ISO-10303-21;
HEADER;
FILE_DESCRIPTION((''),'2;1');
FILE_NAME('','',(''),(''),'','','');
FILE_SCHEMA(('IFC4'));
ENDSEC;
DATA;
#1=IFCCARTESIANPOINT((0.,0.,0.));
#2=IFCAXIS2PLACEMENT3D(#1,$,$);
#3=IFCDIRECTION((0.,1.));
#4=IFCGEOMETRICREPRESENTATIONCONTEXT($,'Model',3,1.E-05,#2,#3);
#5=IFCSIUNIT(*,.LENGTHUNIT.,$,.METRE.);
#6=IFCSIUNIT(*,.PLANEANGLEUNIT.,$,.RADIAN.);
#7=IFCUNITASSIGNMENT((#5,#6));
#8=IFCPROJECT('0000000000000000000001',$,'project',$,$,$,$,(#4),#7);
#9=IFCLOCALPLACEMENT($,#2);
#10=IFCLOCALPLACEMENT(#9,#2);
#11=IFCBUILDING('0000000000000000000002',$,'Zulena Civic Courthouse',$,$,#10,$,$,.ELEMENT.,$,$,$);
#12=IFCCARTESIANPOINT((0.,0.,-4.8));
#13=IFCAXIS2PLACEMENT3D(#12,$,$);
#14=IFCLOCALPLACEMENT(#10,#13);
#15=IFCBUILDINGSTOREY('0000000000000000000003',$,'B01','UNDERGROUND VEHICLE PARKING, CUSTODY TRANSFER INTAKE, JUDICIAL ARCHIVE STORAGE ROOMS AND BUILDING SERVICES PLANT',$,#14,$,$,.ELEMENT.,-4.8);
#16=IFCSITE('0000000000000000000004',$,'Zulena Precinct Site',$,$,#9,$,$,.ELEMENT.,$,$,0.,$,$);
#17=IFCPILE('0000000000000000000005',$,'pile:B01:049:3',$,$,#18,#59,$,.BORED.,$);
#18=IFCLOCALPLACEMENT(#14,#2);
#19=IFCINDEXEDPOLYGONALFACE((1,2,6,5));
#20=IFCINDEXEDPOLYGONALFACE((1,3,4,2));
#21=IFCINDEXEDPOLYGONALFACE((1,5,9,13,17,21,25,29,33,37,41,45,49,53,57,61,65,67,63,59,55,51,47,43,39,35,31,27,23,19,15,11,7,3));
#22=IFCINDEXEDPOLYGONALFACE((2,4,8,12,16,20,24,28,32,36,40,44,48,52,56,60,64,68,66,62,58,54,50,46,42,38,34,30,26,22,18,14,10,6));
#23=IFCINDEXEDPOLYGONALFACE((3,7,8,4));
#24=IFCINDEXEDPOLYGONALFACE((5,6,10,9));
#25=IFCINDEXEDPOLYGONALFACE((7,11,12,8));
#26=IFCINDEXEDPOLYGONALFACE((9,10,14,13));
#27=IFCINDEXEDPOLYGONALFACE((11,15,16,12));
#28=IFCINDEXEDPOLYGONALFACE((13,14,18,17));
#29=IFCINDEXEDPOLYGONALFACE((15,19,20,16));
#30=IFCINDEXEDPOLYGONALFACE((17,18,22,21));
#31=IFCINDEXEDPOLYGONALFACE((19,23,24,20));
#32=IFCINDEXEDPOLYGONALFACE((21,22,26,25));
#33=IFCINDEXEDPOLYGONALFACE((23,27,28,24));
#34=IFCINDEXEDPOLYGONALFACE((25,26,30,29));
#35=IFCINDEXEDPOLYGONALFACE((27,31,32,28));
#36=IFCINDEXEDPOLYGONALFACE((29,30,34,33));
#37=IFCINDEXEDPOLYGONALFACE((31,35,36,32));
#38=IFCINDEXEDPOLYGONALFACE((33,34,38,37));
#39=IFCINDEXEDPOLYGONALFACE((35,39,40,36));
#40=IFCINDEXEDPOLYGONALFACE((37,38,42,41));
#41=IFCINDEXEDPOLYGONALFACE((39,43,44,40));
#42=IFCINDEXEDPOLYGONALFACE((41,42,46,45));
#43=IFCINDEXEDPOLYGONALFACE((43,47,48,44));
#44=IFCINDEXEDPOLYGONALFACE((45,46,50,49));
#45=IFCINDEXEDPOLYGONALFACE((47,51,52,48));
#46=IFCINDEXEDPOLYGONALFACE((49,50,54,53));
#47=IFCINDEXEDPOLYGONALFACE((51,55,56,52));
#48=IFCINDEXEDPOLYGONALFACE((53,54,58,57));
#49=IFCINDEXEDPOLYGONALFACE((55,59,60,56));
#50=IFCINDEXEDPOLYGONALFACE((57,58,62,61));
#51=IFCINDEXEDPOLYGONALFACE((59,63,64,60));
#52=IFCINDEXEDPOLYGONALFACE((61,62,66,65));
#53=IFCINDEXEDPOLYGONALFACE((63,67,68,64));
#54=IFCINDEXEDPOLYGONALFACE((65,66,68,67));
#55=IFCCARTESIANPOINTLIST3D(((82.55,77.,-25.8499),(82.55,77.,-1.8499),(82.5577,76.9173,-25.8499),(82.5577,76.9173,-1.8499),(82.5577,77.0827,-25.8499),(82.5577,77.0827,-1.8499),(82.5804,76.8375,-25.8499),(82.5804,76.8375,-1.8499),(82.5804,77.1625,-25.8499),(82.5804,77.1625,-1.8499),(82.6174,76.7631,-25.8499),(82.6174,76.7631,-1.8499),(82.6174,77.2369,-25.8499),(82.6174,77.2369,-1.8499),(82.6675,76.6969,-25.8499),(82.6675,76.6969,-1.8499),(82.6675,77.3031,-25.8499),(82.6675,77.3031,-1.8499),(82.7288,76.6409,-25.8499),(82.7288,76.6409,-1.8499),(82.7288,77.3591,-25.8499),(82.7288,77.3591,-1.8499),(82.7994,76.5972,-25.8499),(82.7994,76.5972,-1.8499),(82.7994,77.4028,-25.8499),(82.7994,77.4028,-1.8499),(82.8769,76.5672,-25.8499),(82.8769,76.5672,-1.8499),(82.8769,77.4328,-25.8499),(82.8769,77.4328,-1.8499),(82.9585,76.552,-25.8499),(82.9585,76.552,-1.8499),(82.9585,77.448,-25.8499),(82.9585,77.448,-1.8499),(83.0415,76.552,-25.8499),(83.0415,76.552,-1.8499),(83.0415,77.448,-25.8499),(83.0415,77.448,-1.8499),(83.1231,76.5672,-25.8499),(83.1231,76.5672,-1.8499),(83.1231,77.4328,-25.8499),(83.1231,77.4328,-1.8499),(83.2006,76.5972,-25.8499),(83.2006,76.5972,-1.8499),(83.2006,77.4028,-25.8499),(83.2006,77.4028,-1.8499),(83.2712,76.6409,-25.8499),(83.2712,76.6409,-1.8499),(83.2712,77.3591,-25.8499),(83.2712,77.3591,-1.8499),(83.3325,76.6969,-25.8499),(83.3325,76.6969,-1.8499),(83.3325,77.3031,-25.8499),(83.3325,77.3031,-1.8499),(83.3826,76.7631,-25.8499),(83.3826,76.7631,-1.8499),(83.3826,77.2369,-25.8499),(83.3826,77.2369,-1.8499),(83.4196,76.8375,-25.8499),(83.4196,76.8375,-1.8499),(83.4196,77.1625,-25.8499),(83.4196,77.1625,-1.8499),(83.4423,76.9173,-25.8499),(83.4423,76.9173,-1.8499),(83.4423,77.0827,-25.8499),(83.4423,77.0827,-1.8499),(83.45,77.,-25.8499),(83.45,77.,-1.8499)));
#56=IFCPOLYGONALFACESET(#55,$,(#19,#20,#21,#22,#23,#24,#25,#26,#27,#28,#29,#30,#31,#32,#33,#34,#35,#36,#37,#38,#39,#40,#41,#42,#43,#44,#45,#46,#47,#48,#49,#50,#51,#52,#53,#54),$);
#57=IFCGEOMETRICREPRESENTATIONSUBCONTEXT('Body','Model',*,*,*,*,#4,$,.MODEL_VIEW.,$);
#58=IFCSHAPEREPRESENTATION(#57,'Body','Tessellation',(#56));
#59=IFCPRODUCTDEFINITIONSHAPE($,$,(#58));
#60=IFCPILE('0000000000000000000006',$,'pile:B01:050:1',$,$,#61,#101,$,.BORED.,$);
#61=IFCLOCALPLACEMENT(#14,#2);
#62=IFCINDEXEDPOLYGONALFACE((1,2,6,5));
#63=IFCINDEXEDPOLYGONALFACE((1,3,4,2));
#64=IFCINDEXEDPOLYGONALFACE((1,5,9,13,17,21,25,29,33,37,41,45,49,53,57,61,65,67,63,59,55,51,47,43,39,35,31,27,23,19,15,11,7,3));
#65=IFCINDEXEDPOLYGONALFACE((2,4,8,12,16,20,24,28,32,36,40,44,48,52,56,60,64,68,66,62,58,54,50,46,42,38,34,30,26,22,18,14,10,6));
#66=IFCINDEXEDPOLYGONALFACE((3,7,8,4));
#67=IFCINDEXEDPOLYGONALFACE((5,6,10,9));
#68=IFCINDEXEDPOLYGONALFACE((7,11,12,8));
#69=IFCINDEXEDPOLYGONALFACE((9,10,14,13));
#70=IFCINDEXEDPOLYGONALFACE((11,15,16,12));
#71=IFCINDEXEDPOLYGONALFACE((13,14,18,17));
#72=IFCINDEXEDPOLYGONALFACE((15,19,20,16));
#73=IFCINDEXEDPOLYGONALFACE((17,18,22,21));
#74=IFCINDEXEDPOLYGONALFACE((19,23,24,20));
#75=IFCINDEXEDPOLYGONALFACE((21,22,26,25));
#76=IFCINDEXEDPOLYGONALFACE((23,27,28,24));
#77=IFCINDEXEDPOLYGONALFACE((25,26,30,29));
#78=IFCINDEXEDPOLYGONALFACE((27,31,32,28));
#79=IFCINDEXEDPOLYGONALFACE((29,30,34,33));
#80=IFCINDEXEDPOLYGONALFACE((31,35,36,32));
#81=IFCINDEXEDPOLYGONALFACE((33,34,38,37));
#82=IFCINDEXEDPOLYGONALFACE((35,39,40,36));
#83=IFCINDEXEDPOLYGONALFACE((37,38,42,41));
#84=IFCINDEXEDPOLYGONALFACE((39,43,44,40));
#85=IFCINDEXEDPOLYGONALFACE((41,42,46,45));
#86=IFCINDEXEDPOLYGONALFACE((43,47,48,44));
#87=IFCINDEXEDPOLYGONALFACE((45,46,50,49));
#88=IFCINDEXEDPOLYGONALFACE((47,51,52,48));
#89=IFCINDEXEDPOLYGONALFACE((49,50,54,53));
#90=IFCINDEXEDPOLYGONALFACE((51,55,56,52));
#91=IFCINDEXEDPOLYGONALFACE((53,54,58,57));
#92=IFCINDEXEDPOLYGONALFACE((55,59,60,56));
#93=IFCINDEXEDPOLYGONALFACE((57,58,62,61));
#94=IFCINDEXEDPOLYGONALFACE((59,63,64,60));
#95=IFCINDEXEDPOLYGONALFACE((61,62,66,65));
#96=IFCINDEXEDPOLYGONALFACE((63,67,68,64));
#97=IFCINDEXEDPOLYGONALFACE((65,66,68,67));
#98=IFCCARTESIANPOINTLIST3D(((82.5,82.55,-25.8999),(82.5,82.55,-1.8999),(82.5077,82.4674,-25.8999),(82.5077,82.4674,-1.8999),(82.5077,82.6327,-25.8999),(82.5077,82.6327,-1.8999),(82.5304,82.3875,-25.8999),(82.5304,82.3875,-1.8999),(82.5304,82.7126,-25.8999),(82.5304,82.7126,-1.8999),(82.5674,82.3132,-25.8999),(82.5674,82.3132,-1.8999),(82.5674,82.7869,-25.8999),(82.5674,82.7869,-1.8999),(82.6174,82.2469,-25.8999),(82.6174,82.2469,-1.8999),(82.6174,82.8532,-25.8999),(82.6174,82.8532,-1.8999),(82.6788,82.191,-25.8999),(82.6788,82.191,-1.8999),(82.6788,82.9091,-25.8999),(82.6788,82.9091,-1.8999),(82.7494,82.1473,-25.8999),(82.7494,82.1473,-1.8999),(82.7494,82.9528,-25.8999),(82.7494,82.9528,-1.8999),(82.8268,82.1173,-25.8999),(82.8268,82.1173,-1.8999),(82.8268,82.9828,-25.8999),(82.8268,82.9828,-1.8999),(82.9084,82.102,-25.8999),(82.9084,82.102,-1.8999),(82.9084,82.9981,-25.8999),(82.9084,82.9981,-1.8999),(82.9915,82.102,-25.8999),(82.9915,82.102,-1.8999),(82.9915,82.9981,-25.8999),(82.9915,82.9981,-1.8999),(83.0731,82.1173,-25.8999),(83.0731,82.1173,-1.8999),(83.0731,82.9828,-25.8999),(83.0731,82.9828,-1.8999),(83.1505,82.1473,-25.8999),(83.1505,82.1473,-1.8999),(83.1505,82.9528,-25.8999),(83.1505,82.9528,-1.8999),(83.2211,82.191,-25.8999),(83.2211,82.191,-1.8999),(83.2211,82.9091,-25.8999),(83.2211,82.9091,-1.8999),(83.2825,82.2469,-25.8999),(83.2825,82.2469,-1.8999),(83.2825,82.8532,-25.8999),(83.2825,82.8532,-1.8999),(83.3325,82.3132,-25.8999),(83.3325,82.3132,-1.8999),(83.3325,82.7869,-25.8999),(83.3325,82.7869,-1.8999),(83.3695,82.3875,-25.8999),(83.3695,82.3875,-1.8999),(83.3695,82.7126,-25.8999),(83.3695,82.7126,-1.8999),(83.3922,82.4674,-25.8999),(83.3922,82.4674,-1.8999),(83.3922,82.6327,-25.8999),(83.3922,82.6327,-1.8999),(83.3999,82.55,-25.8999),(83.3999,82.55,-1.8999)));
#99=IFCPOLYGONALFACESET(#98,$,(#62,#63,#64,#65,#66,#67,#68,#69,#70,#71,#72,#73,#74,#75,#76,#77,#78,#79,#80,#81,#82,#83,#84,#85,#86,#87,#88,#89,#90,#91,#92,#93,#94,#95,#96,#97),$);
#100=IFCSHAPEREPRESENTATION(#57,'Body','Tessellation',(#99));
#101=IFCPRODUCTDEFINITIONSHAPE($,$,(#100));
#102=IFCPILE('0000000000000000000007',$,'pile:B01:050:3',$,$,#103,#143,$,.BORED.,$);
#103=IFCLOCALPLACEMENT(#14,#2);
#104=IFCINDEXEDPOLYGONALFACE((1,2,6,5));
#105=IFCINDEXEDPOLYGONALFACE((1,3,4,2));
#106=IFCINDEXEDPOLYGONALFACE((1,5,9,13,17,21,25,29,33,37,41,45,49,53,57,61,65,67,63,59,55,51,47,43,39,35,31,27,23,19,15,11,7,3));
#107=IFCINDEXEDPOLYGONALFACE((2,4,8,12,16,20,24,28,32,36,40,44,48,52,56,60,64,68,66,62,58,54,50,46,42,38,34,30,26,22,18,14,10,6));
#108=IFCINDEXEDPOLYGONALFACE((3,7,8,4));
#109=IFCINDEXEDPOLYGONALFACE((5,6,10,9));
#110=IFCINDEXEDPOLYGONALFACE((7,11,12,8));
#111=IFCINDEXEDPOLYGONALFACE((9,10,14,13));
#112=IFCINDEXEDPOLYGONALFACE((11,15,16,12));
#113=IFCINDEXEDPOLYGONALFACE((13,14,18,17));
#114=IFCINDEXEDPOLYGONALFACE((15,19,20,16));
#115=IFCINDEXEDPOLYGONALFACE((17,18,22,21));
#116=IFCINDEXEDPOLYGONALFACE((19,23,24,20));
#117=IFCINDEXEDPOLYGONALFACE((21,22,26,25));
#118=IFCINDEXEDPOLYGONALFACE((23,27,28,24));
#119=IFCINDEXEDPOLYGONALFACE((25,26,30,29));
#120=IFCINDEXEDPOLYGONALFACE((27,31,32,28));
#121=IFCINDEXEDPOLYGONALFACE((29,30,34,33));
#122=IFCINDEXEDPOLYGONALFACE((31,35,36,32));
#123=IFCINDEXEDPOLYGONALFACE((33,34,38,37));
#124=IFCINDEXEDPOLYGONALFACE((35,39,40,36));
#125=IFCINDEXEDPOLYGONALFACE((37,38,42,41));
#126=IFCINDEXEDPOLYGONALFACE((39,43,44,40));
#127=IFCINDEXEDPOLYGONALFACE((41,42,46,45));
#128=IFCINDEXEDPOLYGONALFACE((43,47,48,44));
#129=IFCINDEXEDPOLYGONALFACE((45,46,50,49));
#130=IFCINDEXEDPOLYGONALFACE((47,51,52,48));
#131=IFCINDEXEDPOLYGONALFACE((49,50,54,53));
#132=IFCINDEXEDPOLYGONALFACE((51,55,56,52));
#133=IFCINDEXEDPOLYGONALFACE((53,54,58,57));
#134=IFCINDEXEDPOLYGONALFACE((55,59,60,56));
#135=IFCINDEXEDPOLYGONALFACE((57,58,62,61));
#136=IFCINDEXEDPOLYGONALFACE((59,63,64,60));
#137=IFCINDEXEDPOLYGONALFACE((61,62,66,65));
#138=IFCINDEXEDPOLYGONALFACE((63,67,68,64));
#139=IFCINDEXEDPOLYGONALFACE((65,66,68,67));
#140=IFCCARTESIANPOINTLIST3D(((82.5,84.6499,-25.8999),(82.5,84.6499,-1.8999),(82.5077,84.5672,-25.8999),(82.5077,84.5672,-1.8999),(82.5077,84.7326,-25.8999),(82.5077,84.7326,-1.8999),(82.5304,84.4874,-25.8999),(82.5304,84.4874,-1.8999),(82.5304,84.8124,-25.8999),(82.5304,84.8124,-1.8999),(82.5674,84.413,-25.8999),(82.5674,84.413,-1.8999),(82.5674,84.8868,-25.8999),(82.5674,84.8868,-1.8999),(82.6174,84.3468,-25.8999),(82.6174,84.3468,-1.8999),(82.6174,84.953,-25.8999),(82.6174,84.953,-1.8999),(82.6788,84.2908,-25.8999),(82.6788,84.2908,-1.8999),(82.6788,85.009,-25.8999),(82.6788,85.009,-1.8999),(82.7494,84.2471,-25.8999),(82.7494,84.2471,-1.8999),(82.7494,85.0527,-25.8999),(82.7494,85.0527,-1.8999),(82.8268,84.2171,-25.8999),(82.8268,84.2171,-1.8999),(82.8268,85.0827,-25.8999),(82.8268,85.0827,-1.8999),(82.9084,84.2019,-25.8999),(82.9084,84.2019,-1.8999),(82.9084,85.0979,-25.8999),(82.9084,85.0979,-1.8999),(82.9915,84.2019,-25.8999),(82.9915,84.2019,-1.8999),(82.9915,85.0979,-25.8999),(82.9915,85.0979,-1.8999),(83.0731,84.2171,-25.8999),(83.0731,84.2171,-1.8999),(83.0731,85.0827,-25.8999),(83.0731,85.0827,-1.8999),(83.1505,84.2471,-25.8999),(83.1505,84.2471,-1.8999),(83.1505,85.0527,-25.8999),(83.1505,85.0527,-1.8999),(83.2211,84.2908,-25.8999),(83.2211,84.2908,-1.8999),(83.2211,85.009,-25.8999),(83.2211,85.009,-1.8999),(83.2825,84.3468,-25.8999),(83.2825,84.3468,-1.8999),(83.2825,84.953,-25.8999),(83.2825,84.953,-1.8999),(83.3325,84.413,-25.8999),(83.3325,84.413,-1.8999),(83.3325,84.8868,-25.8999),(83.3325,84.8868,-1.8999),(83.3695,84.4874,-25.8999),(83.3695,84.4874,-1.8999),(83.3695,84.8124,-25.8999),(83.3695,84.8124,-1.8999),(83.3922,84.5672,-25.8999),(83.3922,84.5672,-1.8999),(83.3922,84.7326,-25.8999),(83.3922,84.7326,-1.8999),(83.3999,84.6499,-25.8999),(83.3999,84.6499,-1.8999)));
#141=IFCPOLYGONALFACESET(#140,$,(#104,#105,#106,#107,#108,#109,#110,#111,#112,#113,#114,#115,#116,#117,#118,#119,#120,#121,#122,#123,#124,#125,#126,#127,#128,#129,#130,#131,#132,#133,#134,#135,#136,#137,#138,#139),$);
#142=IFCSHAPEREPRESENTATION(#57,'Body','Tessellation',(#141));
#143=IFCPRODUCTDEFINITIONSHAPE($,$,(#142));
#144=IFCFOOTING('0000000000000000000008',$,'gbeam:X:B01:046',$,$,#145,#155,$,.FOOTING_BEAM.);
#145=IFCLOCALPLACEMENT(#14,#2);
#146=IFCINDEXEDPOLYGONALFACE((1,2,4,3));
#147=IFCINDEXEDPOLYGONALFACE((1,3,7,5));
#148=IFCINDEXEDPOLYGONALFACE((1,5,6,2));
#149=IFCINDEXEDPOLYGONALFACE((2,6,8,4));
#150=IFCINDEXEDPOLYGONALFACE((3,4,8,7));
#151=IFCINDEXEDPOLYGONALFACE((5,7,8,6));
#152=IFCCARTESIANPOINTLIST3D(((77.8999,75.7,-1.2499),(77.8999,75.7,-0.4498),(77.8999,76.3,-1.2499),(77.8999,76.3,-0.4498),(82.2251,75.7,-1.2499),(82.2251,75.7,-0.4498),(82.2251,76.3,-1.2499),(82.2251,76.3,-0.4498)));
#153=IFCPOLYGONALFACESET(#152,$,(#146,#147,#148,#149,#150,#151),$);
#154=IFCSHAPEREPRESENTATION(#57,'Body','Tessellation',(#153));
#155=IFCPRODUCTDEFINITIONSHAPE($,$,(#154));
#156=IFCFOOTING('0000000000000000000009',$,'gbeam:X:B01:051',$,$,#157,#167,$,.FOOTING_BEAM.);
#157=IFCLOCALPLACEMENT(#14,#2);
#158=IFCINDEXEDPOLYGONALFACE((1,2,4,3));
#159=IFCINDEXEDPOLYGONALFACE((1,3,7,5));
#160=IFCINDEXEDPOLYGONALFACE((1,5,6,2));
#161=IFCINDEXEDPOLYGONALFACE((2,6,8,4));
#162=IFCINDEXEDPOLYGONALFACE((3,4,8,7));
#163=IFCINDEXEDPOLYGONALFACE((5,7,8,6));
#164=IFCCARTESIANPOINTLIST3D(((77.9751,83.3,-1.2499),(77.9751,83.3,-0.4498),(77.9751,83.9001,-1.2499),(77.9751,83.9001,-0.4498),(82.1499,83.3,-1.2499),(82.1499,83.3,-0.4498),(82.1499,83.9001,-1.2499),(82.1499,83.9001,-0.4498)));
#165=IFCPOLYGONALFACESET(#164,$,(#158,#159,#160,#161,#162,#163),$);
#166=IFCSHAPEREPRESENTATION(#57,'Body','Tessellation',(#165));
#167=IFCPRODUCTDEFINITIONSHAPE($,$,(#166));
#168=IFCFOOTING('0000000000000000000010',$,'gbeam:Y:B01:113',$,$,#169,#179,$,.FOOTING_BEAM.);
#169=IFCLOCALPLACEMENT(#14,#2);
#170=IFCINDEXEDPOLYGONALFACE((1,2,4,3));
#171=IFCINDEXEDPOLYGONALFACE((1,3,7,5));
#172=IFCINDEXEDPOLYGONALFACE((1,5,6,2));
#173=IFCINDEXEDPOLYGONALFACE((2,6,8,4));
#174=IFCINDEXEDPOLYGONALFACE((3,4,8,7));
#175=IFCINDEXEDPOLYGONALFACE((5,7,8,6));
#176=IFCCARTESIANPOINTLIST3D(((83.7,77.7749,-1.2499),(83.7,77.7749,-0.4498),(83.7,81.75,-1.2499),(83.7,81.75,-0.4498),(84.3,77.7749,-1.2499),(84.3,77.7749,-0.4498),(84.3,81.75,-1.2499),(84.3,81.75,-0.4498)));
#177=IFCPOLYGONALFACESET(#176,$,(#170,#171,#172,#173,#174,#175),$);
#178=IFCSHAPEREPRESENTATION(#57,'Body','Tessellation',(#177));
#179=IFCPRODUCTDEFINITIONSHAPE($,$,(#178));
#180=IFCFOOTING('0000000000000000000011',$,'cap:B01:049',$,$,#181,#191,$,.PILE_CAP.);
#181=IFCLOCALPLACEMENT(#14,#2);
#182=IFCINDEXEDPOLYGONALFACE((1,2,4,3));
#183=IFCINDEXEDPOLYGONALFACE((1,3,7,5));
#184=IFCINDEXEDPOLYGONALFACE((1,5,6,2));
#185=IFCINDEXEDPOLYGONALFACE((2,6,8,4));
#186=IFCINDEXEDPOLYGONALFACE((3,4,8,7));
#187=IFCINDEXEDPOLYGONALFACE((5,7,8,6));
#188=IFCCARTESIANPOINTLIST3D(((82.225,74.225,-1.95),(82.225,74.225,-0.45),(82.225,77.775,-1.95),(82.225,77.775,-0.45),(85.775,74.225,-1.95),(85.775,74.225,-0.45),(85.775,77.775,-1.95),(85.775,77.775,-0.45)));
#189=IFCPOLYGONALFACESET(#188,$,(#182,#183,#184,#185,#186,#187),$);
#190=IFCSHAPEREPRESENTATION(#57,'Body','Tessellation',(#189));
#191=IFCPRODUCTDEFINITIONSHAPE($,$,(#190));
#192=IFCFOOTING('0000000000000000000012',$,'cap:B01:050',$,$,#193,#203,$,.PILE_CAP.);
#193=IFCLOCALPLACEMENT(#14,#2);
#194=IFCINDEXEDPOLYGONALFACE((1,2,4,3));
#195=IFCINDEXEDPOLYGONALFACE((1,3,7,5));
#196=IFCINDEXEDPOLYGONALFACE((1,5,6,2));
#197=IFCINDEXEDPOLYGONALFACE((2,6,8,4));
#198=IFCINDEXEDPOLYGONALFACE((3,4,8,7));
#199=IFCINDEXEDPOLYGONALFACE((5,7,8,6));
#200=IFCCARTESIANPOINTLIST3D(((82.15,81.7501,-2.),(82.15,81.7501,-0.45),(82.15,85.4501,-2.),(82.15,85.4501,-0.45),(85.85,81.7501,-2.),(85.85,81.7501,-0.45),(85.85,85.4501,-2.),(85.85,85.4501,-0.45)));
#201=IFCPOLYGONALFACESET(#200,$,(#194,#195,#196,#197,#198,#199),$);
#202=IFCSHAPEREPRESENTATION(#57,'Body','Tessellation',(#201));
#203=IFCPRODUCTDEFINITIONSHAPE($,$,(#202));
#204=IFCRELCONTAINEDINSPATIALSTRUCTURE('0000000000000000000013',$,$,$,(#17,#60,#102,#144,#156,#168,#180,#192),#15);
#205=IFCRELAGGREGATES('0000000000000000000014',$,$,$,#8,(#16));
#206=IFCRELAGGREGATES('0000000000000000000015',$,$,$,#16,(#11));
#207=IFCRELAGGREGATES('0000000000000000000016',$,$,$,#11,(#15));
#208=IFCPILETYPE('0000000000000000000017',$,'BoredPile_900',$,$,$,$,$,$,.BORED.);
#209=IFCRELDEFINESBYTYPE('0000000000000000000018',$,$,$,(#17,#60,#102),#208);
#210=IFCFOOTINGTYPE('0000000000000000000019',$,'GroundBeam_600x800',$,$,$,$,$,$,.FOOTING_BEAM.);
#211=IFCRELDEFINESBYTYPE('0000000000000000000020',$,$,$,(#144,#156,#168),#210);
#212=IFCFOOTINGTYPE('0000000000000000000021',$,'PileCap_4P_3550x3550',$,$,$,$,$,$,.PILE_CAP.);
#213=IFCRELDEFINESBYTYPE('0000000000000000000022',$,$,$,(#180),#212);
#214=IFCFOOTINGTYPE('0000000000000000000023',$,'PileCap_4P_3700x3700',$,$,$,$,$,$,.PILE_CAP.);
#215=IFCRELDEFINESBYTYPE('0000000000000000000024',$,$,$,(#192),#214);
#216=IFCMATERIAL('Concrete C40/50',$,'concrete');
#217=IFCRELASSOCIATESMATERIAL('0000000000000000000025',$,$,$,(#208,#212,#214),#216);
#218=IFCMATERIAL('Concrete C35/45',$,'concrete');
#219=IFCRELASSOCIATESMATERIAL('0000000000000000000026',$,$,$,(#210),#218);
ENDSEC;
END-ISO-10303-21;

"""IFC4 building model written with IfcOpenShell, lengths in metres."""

from ifc_helpers import new_model, si_unit, direction, frame, origin, origin_2d, place, context, subcontext, project, spatial, rectangle, circle, extrude, material, material_profile, profile_set, type_object, element, save


model = new_model("IFC4")

# Units and contexts
model_context = context("Model", 3, precision=1e-05, world=origin(), true_north=direction((0.0, 1.0)))
body_context = subcontext(model_context, "Body", "Model", "MODEL_VIEW")
ifc_project = project(units=[si_unit("LENGTHUNIT", "METRE"), si_unit("PLANEANGLEUNIT", "RADIAN")], contexts=[model_context])

# Site, building, storey
site_placement = place(None, origin())
site = spatial("IfcSite", under=ifc_project, at=site_placement, Name="Zulena Precinct Site", CompositionType="ELEMENT", RefElevation=0.0)
building_placement = place(site_placement, origin())
building = spatial("IfcBuilding", under=site, at=building_placement, Name="Zulena Civic Courthouse", CompositionType="ELEMENT")
storey_placement = place(building_placement, frame((0.0, 0.0, -4.8)))
storey = spatial("IfcBuildingStorey", under=building, at=storey_placement, Name="B01", Description="UNDERGROUND VEHICLE PARKING, CUSTODY TRANSFER INTAKE, JUDICIAL ARCHIVE STORAGE ROOMS AND BUILDING SERVICES PLANT", CompositionType="ELEMENT", Elevation=-4.8)

# Piles
ifc_material_1 = material(Name="Concrete C40/50", Category="concrete")
ifc_material_profile_1 = material_profile(ifc_material_1, circle(Radius=0.45, at=origin_2d()), Name="PILE900")
ifc_profile_set_1 = profile_set([ifc_material_profile_1], Name="Concrete C40/50")
pile_type_1 = type_object("IfcPileType", Name="BoredPile_900", PredefinedType="BORED", material=ifc_profile_set_1)
for number, where, z_axis, x_axis, name in (
    (1, (83.0, 77.0, -1.8499), (0.0, 0.0, -1.0), (1.0, 0.0, 0.0), "pile:B01:049:3"),
    (2, (82.95, 82.55, -1.8999), (0.0, 0.0, -1.0), (1.0, 0.0, 0.0), "pile:B01:050:1"),
    (3, (82.95, 84.6499, -1.8999), (0.0, 0.0, -1.0), (1.0, 0.0, 0.0), "pile:B01:050:3"),
):
    element("IfcPile", number, at=place(storey_placement, frame(where, z_axis=z_axis, x_axis=x_axis)), inside=storey, type_object=pile_type_1, Name=name, PredefinedType="BORED", context=body_context, shape_type="SweptSolid", body=[
        extrude(circle(Radius=0.45, at=origin_2d()), origin(), (0.0, 0.0, 1.0), 24.0),
    ])

# Footings
ifc_material_2 = material(Name="Concrete C35/45", Category="concrete")
ifc_material_profile_2 = material_profile(ifc_material_2, rectangle(XDim=0.6001, YDim=0.8, at=origin_2d()), Name="RC600X800")
ifc_profile_set_2 = profile_set([ifc_material_profile_2], Name="Concrete C35/45")
footing_type_1 = type_object("IfcFootingType", Name="GroundBeam_600x800", PredefinedType="FOOTING_BEAM", material=ifc_profile_set_2)
footing_1_placement = place(storey_placement, frame((77.8999, 76.0, -0.8499), z_axis=(1.0, 0.0, 0.0), x_axis=(0.0, 1.0, 0.0)))
element("IfcFooting", 4, at=footing_1_placement, inside=storey, type_object=footing_type_1, Name="gbeam:X:B01:046", PredefinedType="FOOTING_BEAM", context=body_context, shape_type="SweptSolid", body=[
    extrude(rectangle(XDim=0.6001, YDim=0.8, at=origin_2d()), origin(), (0.0, 0.0, 1.0), 4.3252),
])
footing_2_placement = place(storey_placement, frame((77.9751, 83.6001, -0.8499), z_axis=(1.0, 0.0, 0.0), x_axis=(0.0, 1.0, 0.0)))
element("IfcFooting", 5, at=footing_2_placement, inside=storey, type_object=footing_type_1, Name="gbeam:X:B01:051", PredefinedType="FOOTING_BEAM", context=body_context, shape_type="SweptSolid", body=[
    extrude(rectangle(XDim=0.6001, YDim=0.8, at=origin_2d()), origin(), (0.0, 0.0, 1.0), 4.1748),
])
footing_3_placement = place(storey_placement, frame((84.0, 77.7749, -0.8499), z_axis=(0.0, 1.0, 0.0), x_axis=(-1.0, 0.0, 0.0)))
element("IfcFooting", 6, at=footing_3_placement, inside=storey, type_object=footing_type_1, Name="gbeam:Y:B01:113", PredefinedType="FOOTING_BEAM", context=body_context, shape_type="SweptSolid", body=[
    extrude(rectangle(XDim=0.6001, YDim=0.8, at=origin_2d()), origin(), (0.0, 0.0, 1.0), 3.9751),
])
footing_type_2 = type_object("IfcFootingType", Name="PileCap_4P_3550x3550", PredefinedType="PILE_CAP", material=ifc_material_1)
footing_4_placement = place(storey_placement, frame((84.0, 76.0, -1.95), z_axis=(0.0, 0.0, 1.0), x_axis=(1.0, 0.0, 0.0)))
element("IfcFooting", 7, at=footing_4_placement, inside=storey, type_object=footing_type_2, Name="cap:B01:049", PredefinedType="PILE_CAP", context=body_context, shape_type="SweptSolid", body=[
    extrude(rectangle(XDim=3.55, YDim=3.55, at=origin_2d()), origin(), (0.0, 0.0, 1.0), 1.5),
])
footing_type_3 = type_object("IfcFootingType", Name="PileCap_4P_3700x3700", PredefinedType="PILE_CAP", material=ifc_material_1)
footing_5_placement = place(storey_placement, frame((84.0, 83.6001, -2.0), z_axis=(0.0, 0.0, 1.0), x_axis=(1.0, 0.0, 0.0)))
element("IfcFooting", 8, at=footing_5_placement, inside=storey, type_object=footing_type_3, Name="cap:B01:050", PredefinedType="PILE_CAP", context=body_context, shape_type="SweptSolid", body=[
    extrude(rectangle(XDim=3.7, YDim=3.7, at=origin_2d()), origin(), (0.0, 0.0, 1.0), 1.55),
])

save(model, "model.ifc")
